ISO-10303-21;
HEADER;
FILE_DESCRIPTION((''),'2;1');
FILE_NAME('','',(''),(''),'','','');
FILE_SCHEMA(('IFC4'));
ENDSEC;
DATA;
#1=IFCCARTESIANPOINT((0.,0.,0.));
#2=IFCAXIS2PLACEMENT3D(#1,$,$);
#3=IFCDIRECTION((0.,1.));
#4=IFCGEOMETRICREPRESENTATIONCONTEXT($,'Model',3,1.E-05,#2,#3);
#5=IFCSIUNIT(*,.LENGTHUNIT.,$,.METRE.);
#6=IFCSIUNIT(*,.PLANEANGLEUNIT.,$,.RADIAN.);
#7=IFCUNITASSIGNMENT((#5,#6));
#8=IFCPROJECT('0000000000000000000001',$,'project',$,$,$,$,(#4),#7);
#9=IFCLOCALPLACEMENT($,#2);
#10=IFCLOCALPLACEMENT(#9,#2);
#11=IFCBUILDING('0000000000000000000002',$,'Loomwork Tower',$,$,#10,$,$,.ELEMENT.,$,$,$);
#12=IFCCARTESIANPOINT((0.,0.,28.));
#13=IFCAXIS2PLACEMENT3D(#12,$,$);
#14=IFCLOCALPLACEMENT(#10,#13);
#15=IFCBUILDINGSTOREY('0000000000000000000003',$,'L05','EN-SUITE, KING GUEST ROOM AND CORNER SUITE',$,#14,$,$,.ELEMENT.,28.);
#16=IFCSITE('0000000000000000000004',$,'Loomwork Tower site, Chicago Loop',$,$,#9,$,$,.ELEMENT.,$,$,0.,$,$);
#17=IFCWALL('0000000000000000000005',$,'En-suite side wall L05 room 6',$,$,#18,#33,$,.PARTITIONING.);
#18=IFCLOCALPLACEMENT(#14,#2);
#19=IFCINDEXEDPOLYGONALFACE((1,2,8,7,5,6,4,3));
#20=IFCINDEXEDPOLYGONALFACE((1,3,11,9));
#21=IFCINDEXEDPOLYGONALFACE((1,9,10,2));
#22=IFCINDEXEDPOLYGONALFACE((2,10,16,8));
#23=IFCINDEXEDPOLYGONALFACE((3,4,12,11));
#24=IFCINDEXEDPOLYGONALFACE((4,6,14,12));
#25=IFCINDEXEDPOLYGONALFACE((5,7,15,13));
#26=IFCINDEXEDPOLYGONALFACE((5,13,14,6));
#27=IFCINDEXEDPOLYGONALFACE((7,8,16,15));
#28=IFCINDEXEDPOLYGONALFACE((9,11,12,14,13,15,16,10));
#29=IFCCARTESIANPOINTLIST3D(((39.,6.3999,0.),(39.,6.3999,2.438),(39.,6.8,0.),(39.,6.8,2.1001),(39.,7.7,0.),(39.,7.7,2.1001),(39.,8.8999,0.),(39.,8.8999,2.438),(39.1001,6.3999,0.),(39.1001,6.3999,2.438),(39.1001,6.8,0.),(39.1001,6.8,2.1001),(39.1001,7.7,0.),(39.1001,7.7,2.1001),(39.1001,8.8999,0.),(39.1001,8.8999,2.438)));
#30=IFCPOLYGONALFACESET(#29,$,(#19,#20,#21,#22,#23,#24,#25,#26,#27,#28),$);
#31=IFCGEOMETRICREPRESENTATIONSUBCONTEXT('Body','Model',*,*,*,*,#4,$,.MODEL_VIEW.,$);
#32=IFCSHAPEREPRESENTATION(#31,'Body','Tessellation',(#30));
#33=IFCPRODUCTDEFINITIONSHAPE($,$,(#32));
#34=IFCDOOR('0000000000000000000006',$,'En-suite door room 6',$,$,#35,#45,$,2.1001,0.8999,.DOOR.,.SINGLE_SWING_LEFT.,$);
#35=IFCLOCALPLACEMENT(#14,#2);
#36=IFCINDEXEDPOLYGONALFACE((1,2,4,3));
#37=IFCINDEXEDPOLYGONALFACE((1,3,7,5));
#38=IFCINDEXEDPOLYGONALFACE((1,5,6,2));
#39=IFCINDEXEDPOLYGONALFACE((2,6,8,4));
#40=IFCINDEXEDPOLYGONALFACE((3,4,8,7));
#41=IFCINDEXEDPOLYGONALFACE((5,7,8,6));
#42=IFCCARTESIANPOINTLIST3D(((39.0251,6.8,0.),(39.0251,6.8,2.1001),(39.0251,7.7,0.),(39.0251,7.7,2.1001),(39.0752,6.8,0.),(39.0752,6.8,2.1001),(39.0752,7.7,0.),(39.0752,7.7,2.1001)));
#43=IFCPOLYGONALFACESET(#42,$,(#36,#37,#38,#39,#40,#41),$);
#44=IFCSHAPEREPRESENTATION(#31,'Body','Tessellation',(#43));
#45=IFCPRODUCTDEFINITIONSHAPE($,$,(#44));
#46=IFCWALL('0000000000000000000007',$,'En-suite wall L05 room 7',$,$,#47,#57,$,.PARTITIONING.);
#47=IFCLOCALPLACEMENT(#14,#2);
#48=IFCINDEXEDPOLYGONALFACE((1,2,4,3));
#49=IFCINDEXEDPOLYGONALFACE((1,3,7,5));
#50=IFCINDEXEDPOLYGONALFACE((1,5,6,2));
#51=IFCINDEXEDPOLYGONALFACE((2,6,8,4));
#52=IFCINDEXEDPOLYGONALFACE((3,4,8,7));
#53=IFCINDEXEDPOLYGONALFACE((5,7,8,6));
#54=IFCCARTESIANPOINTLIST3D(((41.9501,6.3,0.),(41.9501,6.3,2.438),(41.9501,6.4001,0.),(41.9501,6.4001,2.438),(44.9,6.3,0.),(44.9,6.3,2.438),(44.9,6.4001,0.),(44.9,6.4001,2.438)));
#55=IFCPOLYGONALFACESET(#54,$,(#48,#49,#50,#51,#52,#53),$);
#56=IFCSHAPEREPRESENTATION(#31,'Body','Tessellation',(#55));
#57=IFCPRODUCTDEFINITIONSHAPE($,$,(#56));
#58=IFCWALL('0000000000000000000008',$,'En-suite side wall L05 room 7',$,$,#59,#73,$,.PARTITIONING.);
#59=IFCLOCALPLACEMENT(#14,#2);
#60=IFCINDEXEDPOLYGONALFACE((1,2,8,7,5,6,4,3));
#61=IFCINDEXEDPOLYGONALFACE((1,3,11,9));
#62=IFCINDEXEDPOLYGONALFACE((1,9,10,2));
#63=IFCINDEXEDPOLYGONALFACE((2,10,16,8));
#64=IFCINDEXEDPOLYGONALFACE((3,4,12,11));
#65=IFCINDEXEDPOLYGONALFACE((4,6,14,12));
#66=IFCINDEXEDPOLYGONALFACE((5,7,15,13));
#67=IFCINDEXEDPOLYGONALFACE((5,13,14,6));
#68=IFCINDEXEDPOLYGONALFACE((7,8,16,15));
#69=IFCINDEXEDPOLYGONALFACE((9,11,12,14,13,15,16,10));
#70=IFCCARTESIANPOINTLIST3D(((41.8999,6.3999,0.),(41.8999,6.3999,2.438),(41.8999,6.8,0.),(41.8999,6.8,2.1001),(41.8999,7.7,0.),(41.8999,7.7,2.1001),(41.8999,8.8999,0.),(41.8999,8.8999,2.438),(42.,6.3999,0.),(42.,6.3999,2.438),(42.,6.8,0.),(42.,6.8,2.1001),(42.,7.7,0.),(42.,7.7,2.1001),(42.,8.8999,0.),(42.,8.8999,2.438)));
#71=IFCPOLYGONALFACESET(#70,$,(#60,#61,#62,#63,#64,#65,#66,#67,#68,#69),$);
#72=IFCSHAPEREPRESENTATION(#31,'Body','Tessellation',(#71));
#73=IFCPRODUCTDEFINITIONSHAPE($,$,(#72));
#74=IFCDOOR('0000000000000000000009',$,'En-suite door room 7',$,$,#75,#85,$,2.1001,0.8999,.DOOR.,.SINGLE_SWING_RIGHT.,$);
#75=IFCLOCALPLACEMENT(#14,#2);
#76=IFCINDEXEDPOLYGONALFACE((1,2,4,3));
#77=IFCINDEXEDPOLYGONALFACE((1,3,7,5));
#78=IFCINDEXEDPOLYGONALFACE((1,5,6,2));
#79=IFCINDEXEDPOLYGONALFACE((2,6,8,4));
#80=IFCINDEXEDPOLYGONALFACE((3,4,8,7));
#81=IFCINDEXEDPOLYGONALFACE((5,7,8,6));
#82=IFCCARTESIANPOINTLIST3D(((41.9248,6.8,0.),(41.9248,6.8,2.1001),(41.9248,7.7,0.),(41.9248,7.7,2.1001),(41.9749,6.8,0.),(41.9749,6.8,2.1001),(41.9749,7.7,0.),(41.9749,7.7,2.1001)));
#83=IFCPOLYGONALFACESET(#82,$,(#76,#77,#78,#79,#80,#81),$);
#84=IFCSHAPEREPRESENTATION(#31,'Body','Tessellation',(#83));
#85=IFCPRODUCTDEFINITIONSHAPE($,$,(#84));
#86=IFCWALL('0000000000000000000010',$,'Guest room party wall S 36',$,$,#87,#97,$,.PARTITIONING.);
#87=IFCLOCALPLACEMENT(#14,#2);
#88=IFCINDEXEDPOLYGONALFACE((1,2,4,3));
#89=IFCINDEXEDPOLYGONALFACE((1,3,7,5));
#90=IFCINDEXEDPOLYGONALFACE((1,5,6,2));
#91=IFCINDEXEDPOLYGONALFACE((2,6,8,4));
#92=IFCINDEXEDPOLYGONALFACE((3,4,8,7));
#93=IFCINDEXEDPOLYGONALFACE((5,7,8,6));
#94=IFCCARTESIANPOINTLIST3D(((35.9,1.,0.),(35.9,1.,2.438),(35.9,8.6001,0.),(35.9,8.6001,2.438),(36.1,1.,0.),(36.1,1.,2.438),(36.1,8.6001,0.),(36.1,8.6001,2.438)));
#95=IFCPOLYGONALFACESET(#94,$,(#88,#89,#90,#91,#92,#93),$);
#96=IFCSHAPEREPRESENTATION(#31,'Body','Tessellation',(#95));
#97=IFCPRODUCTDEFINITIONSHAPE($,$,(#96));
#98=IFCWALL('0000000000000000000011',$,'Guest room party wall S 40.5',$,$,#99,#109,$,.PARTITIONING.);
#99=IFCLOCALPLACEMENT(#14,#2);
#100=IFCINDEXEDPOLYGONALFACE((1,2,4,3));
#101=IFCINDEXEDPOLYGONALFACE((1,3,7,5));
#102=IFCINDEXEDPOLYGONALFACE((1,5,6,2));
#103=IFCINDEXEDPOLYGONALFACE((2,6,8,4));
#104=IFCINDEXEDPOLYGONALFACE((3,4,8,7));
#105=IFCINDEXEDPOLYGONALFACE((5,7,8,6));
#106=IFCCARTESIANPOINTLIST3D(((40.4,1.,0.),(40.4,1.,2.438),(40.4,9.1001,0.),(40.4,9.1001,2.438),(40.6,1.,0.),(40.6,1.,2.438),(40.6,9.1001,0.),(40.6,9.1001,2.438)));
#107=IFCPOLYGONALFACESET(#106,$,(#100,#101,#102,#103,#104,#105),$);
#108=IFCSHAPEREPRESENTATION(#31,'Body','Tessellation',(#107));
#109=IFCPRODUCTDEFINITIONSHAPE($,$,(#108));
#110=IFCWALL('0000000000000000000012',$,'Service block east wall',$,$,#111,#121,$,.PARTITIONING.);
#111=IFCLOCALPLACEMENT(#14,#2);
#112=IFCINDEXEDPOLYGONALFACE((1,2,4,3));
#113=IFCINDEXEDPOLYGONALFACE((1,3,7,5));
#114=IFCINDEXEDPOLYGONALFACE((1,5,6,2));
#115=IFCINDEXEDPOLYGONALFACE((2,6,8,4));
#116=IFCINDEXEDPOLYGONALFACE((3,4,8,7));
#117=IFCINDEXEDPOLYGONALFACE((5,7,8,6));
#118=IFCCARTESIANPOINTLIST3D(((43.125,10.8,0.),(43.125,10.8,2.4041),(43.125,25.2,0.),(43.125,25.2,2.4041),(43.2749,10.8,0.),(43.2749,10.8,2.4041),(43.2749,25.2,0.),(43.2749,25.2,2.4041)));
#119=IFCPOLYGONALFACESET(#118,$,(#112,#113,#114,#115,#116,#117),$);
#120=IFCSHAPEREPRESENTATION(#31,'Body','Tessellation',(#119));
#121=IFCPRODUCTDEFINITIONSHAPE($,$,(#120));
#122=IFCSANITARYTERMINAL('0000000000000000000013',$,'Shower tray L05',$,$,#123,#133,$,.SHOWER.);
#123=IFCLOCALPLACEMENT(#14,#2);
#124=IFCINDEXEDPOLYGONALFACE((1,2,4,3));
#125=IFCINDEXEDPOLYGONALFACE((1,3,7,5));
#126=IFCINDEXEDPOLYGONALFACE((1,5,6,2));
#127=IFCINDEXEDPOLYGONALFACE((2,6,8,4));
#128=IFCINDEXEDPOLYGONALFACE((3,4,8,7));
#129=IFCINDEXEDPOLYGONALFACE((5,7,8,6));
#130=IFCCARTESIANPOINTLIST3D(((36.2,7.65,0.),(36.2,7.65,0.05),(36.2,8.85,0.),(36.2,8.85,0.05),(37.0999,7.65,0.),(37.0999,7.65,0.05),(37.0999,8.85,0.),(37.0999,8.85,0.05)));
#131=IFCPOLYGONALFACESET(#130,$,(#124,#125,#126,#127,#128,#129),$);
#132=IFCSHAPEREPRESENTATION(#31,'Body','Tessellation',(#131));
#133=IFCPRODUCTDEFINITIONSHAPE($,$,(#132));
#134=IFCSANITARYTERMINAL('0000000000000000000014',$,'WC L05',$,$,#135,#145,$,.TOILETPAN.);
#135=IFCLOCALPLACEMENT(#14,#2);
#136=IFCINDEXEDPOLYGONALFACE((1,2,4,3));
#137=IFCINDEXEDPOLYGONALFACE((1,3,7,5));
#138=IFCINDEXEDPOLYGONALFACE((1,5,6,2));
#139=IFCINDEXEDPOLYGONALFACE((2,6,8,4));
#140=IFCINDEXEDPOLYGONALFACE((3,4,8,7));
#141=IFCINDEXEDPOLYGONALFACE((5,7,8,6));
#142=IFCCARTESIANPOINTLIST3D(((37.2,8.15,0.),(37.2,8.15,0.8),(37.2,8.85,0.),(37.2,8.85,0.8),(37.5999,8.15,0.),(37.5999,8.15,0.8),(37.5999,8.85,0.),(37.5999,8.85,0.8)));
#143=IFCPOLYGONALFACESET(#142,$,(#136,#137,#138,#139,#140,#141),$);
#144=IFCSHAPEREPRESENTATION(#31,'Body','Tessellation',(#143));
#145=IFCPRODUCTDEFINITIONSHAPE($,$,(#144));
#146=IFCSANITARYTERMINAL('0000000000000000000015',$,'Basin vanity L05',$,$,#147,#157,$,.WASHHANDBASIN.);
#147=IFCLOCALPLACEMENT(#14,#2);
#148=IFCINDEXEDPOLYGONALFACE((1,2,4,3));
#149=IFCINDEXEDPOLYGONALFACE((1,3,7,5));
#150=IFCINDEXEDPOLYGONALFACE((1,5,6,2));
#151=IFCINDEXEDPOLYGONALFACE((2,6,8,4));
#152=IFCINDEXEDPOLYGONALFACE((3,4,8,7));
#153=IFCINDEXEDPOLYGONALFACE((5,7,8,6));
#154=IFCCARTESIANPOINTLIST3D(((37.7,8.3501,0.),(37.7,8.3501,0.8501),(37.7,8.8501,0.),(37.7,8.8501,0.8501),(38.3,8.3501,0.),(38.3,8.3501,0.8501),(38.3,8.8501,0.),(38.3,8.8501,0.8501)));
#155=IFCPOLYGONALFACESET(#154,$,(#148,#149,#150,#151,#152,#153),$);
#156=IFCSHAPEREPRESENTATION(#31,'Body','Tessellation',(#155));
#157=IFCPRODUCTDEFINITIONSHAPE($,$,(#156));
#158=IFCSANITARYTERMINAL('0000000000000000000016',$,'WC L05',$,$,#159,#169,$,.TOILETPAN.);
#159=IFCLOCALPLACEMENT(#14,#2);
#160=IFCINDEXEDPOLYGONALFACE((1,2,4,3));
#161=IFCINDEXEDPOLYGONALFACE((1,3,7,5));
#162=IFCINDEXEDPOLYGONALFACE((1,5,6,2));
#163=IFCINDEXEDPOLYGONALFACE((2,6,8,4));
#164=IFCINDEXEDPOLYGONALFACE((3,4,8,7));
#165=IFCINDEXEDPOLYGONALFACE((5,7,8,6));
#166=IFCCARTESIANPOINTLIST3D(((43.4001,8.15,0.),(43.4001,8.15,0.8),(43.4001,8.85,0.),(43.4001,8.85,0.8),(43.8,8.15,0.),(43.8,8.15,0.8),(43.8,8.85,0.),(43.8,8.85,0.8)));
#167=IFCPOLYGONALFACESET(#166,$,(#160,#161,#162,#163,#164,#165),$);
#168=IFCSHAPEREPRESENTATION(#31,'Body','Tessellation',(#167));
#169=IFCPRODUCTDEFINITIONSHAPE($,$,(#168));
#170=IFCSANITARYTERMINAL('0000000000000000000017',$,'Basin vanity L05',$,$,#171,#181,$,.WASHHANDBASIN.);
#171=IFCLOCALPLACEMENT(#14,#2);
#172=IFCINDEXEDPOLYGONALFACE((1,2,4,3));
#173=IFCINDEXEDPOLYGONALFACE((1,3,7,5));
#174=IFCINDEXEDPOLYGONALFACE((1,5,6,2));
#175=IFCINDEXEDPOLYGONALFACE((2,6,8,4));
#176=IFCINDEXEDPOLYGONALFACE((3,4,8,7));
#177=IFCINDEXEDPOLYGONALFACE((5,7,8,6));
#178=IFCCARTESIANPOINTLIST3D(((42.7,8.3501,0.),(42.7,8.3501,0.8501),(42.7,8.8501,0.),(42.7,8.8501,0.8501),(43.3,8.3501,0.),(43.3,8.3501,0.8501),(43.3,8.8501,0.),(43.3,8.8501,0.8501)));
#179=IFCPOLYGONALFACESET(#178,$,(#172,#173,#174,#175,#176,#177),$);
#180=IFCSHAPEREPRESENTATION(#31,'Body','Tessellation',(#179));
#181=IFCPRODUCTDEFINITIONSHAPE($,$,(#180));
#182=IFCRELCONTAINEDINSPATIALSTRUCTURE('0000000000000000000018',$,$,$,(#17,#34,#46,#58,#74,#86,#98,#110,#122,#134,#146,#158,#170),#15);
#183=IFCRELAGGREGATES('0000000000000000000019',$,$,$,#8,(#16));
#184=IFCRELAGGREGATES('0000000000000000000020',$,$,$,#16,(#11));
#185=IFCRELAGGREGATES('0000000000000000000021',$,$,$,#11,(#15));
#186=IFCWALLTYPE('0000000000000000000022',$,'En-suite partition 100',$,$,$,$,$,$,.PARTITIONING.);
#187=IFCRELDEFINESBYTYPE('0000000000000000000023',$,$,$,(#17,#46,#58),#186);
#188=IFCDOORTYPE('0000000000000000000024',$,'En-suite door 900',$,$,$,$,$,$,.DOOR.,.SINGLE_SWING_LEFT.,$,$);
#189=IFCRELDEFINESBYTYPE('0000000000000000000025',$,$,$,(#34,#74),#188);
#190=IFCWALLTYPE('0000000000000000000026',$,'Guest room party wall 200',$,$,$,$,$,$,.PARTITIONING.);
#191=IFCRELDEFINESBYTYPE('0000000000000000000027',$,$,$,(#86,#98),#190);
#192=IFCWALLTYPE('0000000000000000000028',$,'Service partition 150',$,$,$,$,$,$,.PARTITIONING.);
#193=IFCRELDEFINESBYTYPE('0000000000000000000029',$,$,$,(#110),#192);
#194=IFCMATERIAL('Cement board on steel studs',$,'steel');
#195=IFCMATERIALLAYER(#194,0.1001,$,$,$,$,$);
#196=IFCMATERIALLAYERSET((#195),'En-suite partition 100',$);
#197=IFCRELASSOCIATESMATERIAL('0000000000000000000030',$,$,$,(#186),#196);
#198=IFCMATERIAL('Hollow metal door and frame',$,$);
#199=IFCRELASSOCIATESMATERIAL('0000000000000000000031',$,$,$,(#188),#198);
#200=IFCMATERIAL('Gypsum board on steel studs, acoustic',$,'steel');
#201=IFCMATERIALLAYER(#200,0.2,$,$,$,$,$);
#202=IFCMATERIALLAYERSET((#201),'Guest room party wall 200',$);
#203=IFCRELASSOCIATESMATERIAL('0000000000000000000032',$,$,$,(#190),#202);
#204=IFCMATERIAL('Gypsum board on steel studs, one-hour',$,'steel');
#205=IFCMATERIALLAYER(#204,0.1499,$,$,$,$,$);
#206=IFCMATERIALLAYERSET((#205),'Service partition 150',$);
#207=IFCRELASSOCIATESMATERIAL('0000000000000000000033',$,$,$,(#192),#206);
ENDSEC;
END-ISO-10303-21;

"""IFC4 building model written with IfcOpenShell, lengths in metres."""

from ifc_helpers import new_model, si_unit, direction, frame, frame_2d, origin, origin_2d, place, context, subcontext, project, spatial, rectangle, extrude, material, layer, layer_set, type_object, element, fill, save


model = new_model("IFC4")

# Units and contexts
model_context = context("Model", 3, precision=1e-05, world=origin(), true_north=direction((0.0, 1.0)))
body_context = subcontext(model_context, "Body", "Model", "MODEL_VIEW")
ifc_project = project(units=[si_unit("LENGTHUNIT", "METRE"), si_unit("PLANEANGLEUNIT", "RADIAN")], contexts=[model_context])

# Site, building, storey
site_placement = place(None, origin())
site = spatial("IfcSite", under=ifc_project, at=site_placement, Name="Loomwork Tower site, Chicago Loop", CompositionType="ELEMENT", RefElevation=0.0)
building_placement = place(site_placement, origin())
building = spatial("IfcBuilding", under=site, at=building_placement, Name="Loomwork Tower", CompositionType="ELEMENT")
storey_placement = place(building_placement, frame((0.0, 0.0, 28.0)))
storey = spatial("IfcBuildingStorey", under=building, at=storey_placement, Name="L05", Description="EN-SUITE, KING GUEST ROOM AND CORNER SUITE", CompositionType="ELEMENT", Elevation=28.0)

# Wall, opening, door
ifc_material_1 = material(Name="Cement board on steel studs", Category="steel")
ifc_layer_1 = layer(ifc_material_1, 0.1001)
ifc_layer_set_1 = layer_set([ifc_layer_1], Name="En-suite partition 100")
wall_type_1 = type_object("IfcWallType", Name="En-suite partition 100", PredefinedType="PARTITIONING", material=ifc_layer_set_1)
wall_1_placement = place(storey_placement, frame((39.05, 8.8999, 0.0), z_axis=(0.0, 0.0, 1.0), x_axis=(0.0, -1.0, 0.0)))
wall_1 = element("IfcWall", 1, at=wall_1_placement, inside=storey, type_object=wall_type_1, Name="En-suite side wall L05 room 6", PredefinedType="PARTITIONING", context=body_context, shape_type="SweptSolid", body=[
    extrude(rectangle(XDim=2.5, YDim=0.1001, at=frame_2d((1.25, 0.0))), origin(), (0.0, 0.0, 1.0), 2.438),
])
opening_1_placement = place(wall_1_placement, frame((1.2, 0.0, 0.0)))
opening_1 = element("IfcOpeningElement", 2, at=opening_1_placement, cuts=wall_1, PredefinedType="OPENING", context=body_context, shape_type="SweptSolid", body=[
    extrude(rectangle(XDim=0.8999, YDim=2.1001, at=frame_2d((0.45, 1.05))), frame((0.0, 0.0601, 0.0), z_axis=(0.0, -1.0, 0.0), x_axis=(1.0, 0.0, 0.0)), (0.0, 0.0, 1.0), 0.1201),
])
ifc_material_2 = material(Name="Hollow metal door and frame")
door_type_1 = type_object("IfcDoorType", Name="En-suite door 900", OperationType="SINGLE_SWING_LEFT", PredefinedType="DOOR", material=ifc_material_2)
door_1_placement = place(opening_1_placement, frame((0.8999, 0.0, 0.0), z_axis=(0.0, 0.0, 1.0), x_axis=(-1.0, 0.0, 0.0)))
door_1 = element("IfcDoor", 3, at=door_1_placement, inside=storey, type_object=door_type_1, Name="En-suite door room 6", OperationType="SINGLE_SWING_LEFT", OverallHeight=2.1001, OverallWidth=0.8999, PredefinedType="DOOR", context=body_context, shape_type="SweptSolid", body=[
    extrude(rectangle(XDim=0.8999, YDim=2.1001, at=frame_2d((0.45, 1.05))), frame((0.0, 0.0249, 0.0), z_axis=(0.0, -1.0, 0.0), x_axis=(1.0, 0.0, 0.0)), (0.0, 0.0, 1.0), 0.05),
])
fill(opening_1, door_1)

# Wall
wall_2_placement = place(storey_placement, frame((41.95, 6.3501, 0.0), z_axis=(0.0, 0.0, 1.0), x_axis=(1.0, 0.0, 0.0)))
element("IfcWall", 4, at=wall_2_placement, inside=storey, type_object=wall_type_1, Name="En-suite wall L05 room 7", PredefinedType="PARTITIONING", context=body_context, shape_type="SweptSolid", body=[
    extrude(rectangle(XDim=2.95, YDim=0.1001, at=frame_2d((1.4751, 0.0))), origin(), (0.0, 0.0, 1.0), 2.438),
])

# Wall, opening, door
wall_3_placement = place(storey_placement, frame((41.95, 8.8999, 0.0), z_axis=(0.0, 0.0, 1.0), x_axis=(0.0, -1.0, 0.0)))
wall_3 = element("IfcWall", 5, at=wall_3_placement, inside=storey, type_object=wall_type_1, Name="En-suite side wall L05 room 7", PredefinedType="PARTITIONING", context=body_context, shape_type="SweptSolid", body=[
    extrude(rectangle(XDim=2.5, YDim=0.1001, at=frame_2d((1.25, 0.0))), origin(), (0.0, 0.0, 1.0), 2.438),
])
opening_2_placement = place(wall_3_placement, frame((1.2, 0.0, 0.0)))
opening_2 = element("IfcOpeningElement", 6, at=opening_2_placement, cuts=wall_3, PredefinedType="OPENING", context=body_context, shape_type="SweptSolid", body=[
    extrude(rectangle(XDim=0.8999, YDim=2.1001, at=frame_2d((0.45, 1.05))), frame((0.0, 0.0601, 0.0), z_axis=(0.0, -1.0, 0.0), x_axis=(1.0, 0.0, 0.0)), (0.0, 0.0, 1.0), 0.1201),
])
door_2_placement = place(opening_2_placement, origin())
door_2 = element("IfcDoor", 7, at=door_2_placement, inside=storey, type_object=door_type_1, Name="En-suite door room 7", OperationType="SINGLE_SWING_RIGHT", OverallHeight=2.1001, OverallWidth=0.8999, PredefinedType="DOOR", context=body_context, shape_type="SweptSolid", body=[
    extrude(rectangle(XDim=0.8999, YDim=2.1001, at=frame_2d((0.45, 1.05))), frame((0.0, 0.0249, 0.0), z_axis=(0.0, -1.0, 0.0), x_axis=(1.0, 0.0, 0.0)), (0.0, 0.0, 1.0), 0.05),
])
fill(opening_2, door_2)

# Walls
ifc_material_3 = material(Name="Gypsum board on steel studs, acoustic", Category="steel")
ifc_layer_2 = layer(ifc_material_3, 0.2)
ifc_layer_set_2 = layer_set([ifc_layer_2], Name="Guest room party wall 200")
wall_type_2 = type_object("IfcWallType", Name="Guest room party wall 200", PredefinedType="PARTITIONING", material=ifc_layer_set_2)
wall_4_placement = place(storey_placement, frame((36.0, 8.6001, 0.0), z_axis=(0.0, 0.0, 1.0), x_axis=(0.0, -1.0, 0.0)))
element("IfcWall", 8, at=wall_4_placement, inside=storey, type_object=wall_type_2, Name="Guest room party wall S 36", PredefinedType="PARTITIONING", context=body_context, shape_type="SweptSolid", body=[
    extrude(rectangle(XDim=7.6001, YDim=0.2, at=frame_2d((3.8, 0.0))), origin(), (0.0, 0.0, 1.0), 2.438),
])
wall_5_placement = place(storey_placement, frame((40.5, 9.1001, 0.0), z_axis=(0.0, 0.0, 1.0), x_axis=(0.0, -1.0, 0.0)))
element("IfcWall", 9, at=wall_5_placement, inside=storey, type_object=wall_type_2, Name="Guest room party wall S 40.5", PredefinedType="PARTITIONING", context=body_context, shape_type="SweptSolid", body=[
    extrude(rectangle(XDim=8.1001, YDim=0.2, at=frame_2d((4.05, 0.0))), origin(), (0.0, 0.0, 1.0), 2.438),
])
ifc_material_4 = material(Name="Gypsum board on steel studs, one-hour", Category="steel")
ifc_layer_3 = layer(ifc_material_4, 0.1499)
ifc_layer_set_3 = layer_set([ifc_layer_3], Name="Service partition 150")
wall_type_3 = type_object("IfcWallType", Name="Service partition 150", PredefinedType="PARTITIONING", material=ifc_layer_set_3)
wall_6_placement = place(storey_placement, frame((43.2, 10.8, 0.0), z_axis=(0.0, 0.0, 1.0), x_axis=(0.0, 1.0, 0.0)))
element("IfcWall", 10, at=wall_6_placement, inside=storey, type_object=wall_type_3, Name="Service block east wall", PredefinedType="PARTITIONING", context=body_context, shape_type="SweptSolid", body=[
    extrude(rectangle(XDim=14.3999, YDim=0.1499, at=frame_2d((7.2, 0.0))), origin(), (0.0, 0.0, 1.0), 2.4041),
])

# Sanitary terminals
sanitary_terminal_1_placement = place(storey_placement, frame((36.6499, 8.25, 0.0), z_axis=(0.0, 0.0, 1.0), x_axis=(1.0, 0.0, 0.0)))
element("IfcSanitaryTerminal", 11, at=sanitary_terminal_1_placement, inside=storey, Name="Shower tray L05", PredefinedType="SHOWER", context=body_context, shape_type="SweptSolid", body=[
    extrude(rectangle(XDim=0.8999, YDim=1.2, at=origin_2d()), origin(), (0.0, 0.0, 1.0), 0.05),
])
sanitary_terminal_2_placement = place(storey_placement, frame((37.3999, 8.5, 0.0), z_axis=(0.0, 0.0, 1.0), x_axis=(1.0, 0.0, 0.0)))
element("IfcSanitaryTerminal", 12, at=sanitary_terminal_2_placement, inside=storey, Name="WC L05", PredefinedType="TOILETPAN", context=body_context, shape_type="SweptSolid", body=[
    extrude(rectangle(XDim=0.3999, YDim=0.7, at=origin_2d()), origin(), (0.0, 0.0, 1.0), 0.8),
])
sanitary_terminal_3_placement = place(storey_placement, frame((38.0, 8.6001, 0.0), z_axis=(0.0, 0.0, 1.0), x_axis=(1.0, 0.0, 0.0)))
element("IfcSanitaryTerminal", 13, at=sanitary_terminal_3_placement, inside=storey, Name="Basin vanity L05", PredefinedType="WASHHANDBASIN", context=body_context, shape_type="SweptSolid", body=[
    extrude(rectangle(XDim=0.6001, YDim=0.5, at=origin_2d()), origin(), (0.0, 0.0, 1.0), 0.8501),
])
sanitary_terminal_4_placement = place(storey_placement, frame((43.6001, 8.5, 0.0), z_axis=(0.0, 0.0, 1.0), x_axis=(1.0, 0.0, 0.0)))
element("IfcSanitaryTerminal", 14, at=sanitary_terminal_4_placement, inside=storey, Name="WC L05", PredefinedType="TOILETPAN", context=body_context, shape_type="SweptSolid", body=[
    extrude(rectangle(XDim=0.3999, YDim=0.7, at=origin_2d()), origin(), (0.0, 0.0, 1.0), 0.8),
])
sanitary_terminal_5_placement = place(storey_placement, frame((43.0, 8.6001, 0.0), z_axis=(0.0, 0.0, 1.0), x_axis=(1.0, 0.0, 0.0)))
element("IfcSanitaryTerminal", 15, at=sanitary_terminal_5_placement, inside=storey, Name="Basin vanity L05", PredefinedType="WASHHANDBASIN", context=body_context, shape_type="SweptSolid", body=[
    extrude(rectangle(XDim=0.6001, YDim=0.5, at=origin_2d()), origin(), (0.0, 0.0, 1.0), 0.8501),
])

save(model, "model.ifc")
